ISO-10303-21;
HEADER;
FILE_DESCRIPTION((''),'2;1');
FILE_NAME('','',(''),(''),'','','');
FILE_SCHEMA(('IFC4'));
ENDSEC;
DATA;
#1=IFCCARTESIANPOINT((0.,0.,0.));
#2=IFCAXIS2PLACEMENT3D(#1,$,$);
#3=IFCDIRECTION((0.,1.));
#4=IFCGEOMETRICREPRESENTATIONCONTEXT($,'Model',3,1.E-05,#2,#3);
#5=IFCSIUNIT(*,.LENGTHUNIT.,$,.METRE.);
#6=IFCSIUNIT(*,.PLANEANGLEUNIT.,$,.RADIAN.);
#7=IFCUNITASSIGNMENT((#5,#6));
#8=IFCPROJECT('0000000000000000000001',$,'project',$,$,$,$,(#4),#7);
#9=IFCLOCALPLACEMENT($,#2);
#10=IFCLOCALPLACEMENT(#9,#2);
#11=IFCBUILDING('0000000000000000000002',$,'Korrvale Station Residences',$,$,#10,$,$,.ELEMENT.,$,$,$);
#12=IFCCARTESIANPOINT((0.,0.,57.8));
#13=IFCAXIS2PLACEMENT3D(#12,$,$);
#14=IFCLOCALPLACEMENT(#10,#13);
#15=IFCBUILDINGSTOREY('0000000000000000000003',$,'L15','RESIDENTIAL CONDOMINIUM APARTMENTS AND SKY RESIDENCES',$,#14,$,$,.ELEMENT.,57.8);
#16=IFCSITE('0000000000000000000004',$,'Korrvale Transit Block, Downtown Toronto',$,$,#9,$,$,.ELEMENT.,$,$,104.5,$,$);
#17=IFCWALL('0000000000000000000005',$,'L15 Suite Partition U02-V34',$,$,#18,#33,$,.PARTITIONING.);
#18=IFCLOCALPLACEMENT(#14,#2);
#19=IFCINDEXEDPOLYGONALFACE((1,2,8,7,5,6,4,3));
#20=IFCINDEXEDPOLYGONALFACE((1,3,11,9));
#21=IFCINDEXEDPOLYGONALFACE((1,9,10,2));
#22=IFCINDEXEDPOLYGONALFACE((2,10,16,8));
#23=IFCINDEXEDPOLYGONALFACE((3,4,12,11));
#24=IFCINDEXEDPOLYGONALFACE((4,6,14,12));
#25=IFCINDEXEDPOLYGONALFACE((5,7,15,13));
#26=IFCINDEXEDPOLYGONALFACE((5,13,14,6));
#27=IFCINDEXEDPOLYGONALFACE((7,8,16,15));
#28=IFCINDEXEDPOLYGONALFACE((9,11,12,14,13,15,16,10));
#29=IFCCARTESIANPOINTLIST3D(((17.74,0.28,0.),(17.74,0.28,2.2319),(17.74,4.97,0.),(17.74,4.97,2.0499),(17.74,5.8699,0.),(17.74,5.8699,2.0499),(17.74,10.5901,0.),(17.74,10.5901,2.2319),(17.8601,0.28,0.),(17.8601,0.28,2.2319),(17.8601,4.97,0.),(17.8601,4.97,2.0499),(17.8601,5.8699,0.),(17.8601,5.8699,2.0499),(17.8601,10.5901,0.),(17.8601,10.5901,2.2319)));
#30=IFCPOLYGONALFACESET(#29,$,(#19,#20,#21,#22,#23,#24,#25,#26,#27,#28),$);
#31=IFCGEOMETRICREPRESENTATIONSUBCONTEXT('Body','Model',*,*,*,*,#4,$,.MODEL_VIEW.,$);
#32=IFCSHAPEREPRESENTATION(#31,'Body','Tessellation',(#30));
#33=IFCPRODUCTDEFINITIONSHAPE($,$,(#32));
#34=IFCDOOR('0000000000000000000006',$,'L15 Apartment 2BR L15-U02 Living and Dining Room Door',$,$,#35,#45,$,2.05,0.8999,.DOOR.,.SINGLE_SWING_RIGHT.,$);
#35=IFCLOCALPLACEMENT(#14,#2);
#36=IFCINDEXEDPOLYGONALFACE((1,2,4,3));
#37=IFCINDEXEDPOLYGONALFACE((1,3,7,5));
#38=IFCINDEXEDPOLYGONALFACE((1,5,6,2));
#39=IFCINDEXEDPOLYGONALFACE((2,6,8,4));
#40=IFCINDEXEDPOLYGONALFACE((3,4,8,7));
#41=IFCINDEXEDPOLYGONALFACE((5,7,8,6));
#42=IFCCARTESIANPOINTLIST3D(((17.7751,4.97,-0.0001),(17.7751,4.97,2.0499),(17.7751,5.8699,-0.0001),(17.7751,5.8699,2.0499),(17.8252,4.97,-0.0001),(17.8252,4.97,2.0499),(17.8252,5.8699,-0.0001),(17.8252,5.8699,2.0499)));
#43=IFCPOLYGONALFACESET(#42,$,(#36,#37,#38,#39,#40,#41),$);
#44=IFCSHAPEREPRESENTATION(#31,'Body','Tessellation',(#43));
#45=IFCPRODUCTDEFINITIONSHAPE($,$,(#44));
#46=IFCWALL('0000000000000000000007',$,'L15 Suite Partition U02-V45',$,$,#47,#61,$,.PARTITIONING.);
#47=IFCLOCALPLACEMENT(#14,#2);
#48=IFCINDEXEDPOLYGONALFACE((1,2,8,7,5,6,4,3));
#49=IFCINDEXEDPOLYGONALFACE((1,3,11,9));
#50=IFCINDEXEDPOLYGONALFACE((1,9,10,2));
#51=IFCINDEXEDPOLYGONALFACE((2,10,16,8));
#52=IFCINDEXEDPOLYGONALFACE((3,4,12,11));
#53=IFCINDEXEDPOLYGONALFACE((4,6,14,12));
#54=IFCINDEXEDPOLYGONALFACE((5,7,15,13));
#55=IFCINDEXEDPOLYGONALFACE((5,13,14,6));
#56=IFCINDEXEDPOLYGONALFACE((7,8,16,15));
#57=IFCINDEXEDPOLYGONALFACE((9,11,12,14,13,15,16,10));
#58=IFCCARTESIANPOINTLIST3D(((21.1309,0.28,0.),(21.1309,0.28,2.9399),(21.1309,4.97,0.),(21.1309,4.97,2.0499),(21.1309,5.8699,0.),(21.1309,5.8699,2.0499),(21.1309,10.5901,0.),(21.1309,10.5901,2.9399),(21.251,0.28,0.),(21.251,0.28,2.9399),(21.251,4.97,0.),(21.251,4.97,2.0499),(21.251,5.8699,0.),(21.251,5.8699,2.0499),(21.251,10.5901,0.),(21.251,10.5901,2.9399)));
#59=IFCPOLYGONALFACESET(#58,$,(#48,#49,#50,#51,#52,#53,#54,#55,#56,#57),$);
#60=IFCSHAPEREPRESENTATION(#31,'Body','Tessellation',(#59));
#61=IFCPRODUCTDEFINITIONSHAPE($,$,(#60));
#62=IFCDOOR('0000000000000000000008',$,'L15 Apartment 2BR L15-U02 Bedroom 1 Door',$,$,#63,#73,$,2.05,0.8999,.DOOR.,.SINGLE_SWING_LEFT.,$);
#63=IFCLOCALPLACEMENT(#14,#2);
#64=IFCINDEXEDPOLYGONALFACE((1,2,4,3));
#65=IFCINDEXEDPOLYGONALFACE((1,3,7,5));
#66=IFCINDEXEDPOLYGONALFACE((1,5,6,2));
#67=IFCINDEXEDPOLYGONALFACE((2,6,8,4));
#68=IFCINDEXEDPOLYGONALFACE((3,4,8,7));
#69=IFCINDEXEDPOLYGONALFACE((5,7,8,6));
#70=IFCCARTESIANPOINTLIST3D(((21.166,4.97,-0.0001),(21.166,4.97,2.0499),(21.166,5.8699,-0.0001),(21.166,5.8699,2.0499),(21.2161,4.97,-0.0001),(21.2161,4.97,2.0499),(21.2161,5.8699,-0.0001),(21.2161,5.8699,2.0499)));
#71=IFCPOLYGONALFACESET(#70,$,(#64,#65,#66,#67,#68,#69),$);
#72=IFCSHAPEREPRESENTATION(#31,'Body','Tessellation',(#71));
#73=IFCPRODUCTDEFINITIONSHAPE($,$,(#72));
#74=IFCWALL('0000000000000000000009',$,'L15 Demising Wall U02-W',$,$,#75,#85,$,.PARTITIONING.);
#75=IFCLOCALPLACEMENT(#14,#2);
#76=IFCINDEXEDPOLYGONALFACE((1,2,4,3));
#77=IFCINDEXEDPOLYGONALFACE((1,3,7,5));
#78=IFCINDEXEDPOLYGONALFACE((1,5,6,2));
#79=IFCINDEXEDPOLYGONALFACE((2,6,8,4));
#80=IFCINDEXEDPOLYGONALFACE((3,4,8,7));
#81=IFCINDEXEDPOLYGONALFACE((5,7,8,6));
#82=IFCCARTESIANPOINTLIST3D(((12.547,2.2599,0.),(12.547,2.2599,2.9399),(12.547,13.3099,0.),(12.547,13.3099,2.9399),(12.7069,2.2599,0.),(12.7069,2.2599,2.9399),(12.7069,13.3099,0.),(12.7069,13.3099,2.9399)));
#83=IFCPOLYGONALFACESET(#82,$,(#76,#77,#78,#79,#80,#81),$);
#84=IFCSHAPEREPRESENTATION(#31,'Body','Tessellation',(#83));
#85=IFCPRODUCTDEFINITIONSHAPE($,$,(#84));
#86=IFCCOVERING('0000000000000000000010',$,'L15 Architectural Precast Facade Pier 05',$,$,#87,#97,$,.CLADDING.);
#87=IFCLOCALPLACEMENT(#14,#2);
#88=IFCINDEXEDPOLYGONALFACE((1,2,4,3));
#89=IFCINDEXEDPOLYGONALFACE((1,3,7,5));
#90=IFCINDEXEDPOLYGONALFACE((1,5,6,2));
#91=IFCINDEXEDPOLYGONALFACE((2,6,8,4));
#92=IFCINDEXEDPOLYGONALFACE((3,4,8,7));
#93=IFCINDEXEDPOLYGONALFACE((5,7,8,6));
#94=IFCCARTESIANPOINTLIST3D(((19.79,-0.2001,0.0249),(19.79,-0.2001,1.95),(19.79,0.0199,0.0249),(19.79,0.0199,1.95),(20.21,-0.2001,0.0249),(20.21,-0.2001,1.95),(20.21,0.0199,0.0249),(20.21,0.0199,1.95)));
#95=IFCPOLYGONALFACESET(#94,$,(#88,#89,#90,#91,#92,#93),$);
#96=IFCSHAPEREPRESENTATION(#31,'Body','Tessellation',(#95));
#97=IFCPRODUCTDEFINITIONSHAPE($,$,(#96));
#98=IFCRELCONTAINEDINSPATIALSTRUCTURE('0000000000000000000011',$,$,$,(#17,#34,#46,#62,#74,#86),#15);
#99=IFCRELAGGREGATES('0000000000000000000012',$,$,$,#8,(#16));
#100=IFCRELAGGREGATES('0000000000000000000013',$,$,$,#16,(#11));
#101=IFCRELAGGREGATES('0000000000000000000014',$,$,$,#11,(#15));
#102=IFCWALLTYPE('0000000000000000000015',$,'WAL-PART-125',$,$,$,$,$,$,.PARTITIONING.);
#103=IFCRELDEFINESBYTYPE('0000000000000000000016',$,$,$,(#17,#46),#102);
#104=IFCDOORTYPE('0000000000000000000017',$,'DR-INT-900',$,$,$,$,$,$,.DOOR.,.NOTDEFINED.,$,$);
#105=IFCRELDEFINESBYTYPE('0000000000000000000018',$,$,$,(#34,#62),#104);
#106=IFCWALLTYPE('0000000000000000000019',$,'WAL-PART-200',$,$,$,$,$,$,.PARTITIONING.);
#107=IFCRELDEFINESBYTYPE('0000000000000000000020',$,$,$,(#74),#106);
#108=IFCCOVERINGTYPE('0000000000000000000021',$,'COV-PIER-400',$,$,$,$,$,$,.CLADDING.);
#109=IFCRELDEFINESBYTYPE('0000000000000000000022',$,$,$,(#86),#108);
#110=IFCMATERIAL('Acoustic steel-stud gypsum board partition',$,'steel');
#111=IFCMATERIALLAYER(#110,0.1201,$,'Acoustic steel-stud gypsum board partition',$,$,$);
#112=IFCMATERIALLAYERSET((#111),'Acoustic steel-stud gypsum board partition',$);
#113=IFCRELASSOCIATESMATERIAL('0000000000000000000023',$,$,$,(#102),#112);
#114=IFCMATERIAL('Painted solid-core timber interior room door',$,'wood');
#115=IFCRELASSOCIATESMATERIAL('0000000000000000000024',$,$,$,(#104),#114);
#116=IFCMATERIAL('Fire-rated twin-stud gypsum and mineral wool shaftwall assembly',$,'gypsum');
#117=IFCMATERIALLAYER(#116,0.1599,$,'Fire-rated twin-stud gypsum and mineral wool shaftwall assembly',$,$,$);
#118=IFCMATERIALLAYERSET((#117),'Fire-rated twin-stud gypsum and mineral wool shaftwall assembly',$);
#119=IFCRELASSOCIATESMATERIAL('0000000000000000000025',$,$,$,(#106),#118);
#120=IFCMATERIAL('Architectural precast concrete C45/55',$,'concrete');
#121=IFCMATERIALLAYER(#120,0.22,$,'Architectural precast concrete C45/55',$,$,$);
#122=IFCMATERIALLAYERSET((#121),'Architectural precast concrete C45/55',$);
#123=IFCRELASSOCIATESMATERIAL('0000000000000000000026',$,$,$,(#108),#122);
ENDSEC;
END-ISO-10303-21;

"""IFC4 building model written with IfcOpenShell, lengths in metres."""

from ifc_helpers import new_model, si_unit, direction, frame, frame_2d, origin, origin_2d, place, context, subcontext, project, spatial, rectangle, extrude, material, layer, layer_set, type_object, element, fill, save


model = new_model("IFC4")

# Units and contexts
model_context = context("Model", 3, precision=1e-05, world=origin(), true_north=direction((0.0, 1.0)))
body_context = subcontext(model_context, "Body", "Model", "MODEL_VIEW")
ifc_project = project(units=[si_unit("LENGTHUNIT", "METRE"), si_unit("PLANEANGLEUNIT", "RADIAN")], contexts=[model_context])

# Site, building, storey
site_placement = place(None, origin())
site = spatial("IfcSite", under=ifc_project, at=site_placement, Name="Korrvale Transit Block, Downtown Toronto", CompositionType="ELEMENT", RefElevation=104.5)
building_placement = place(site_placement, origin())
building = spatial("IfcBuilding", under=site, at=building_placement, Name="Korrvale Station Residences", CompositionType="ELEMENT")
storey_placement = place(building_placement, frame((0.0, 0.0, 57.8)))
storey = spatial("IfcBuildingStorey", under=building, at=storey_placement, Name="L15", Description="RESIDENTIAL CONDOMINIUM APARTMENTS AND SKY RESIDENCES", CompositionType="ELEMENT", Elevation=57.8)

# Walls, openings, doors
ifc_material_1 = material(Name="Acoustic steel-stud gypsum board partition", Category="steel")
ifc_layer_1 = layer(ifc_material_1, 0.1201, Name="Acoustic steel-stud gypsum board partition")
ifc_layer_set_1 = layer_set([ifc_layer_1], Name="Acoustic steel-stud gypsum board partition")
wall_type_1 = type_object("IfcWallType", Name="WAL-PART-125", PredefinedType="PARTITIONING", material=ifc_layer_set_1)
wall_1_placement = place(storey_placement, frame((17.8, 0.28, 0.0), z_axis=(0.0, 0.0, 1.0), x_axis=(0.0, 1.0, 0.0)))
wall_1 = element("IfcWall", 1, at=wall_1_placement, inside=storey, type_object=wall_type_1, Name="L15 Suite Partition U02-V34", PredefinedType="PARTITIONING", context=body_context, shape_type="SweptSolid", body=[
    extrude(rectangle(XDim=10.3101, YDim=0.1201, at=frame_2d((5.155, 0.0))), origin(), (0.0, 0.0, 1.0), 2.2319),
])
opening_1_placement = place(wall_1_placement, frame((4.6899, 0.0, 0.0)))
opening_1 = element("IfcOpeningElement", 2, at=opening_1_placement, cuts=wall_1, PredefinedType="OPENING", context=body_context, shape_type="SweptSolid", body=[
    extrude(rectangle(XDim=0.8999, YDim=2.05, at=frame_2d((0.45, 1.0249))), frame((0.0, 0.0701, 0.0), z_axis=(0.0, -1.0, 0.0), x_axis=(1.0, 0.0, 0.0)), (0.0, 0.0, 1.0), 0.1401),
])
ifc_material_2 = material(Name="Painted solid-core timber interior room door", Category="wood")
door_type_1 = type_object("IfcDoorType", Name="DR-INT-900", OperationType="NOTDEFINED", PredefinedType="DOOR", material=ifc_material_2)
door_1_placement = place(opening_1_placement, origin())
door_1 = element("IfcDoor", 3, at=door_1_placement, inside=storey, type_object=door_type_1, Name="L15 Apartment 2BR L15-U02 Living and Dining Room Door", OperationType="SINGLE_SWING_RIGHT", OverallHeight=2.05, OverallWidth=0.8999, PredefinedType="DOOR", context=body_context, shape_type="SweptSolid", body=[
    extrude(rectangle(XDim=0.8999, YDim=2.05, at=frame_2d((0.45, 1.0249))), frame((0.0, 0.0249, 0.0), z_axis=(0.0, -1.0, 0.0), x_axis=(1.0, 0.0, 0.0)), (0.0, 0.0, 1.0), 0.05),
])
fill(opening_1, door_1)
wall_2_placement = place(storey_placement, frame((21.1909, 0.28, 0.0), z_axis=(0.0, 0.0, 1.0), x_axis=(0.0, 1.0, 0.0)))
wall_2 = element("IfcWall", 4, at=wall_2_placement, inside=storey, type_object=wall_type_1, Name="L15 Suite Partition U02-V45", PredefinedType="PARTITIONING", context=body_context, shape_type="SweptSolid", body=[
    extrude(rectangle(XDim=10.3101, YDim=0.1201, at=frame_2d((5.155, 0.0))), origin(), (0.0, 0.0, 1.0), 2.9399),
])
opening_2_placement = place(wall_2_placement, frame((4.6899, 0.0, 0.0)))
opening_2 = element("IfcOpeningElement", 5, at=opening_2_placement, cuts=wall_2, PredefinedType="OPENING", context=body_context, shape_type="SweptSolid", body=[
    extrude(rectangle(XDim=0.8999, YDim=2.05, at=frame_2d((0.45, 1.0249))), frame((0.0, 0.0701, 0.0), z_axis=(0.0, -1.0, 0.0), x_axis=(1.0, 0.0, 0.0)), (0.0, 0.0, 1.0), 0.1401),
])
door_2_placement = place(opening_2_placement, origin())
door_2 = element("IfcDoor", 6, at=door_2_placement, inside=storey, type_object=door_type_1, Name="L15 Apartment 2BR L15-U02 Bedroom 1 Door", OperationType="SINGLE_SWING_LEFT", OverallHeight=2.05, OverallWidth=0.8999, PredefinedType="DOOR", context=body_context, shape_type="SweptSolid", body=[
    extrude(rectangle(XDim=0.8999, YDim=2.05, at=frame_2d((0.45, 1.0249))), frame((0.0, 0.0249, 0.0), z_axis=(0.0, -1.0, 0.0), x_axis=(1.0, 0.0, 0.0)), (0.0, 0.0, 1.0), 0.05),
])
fill(opening_2, door_2)

# Wall
ifc_material_3 = material(Name="Fire-rated twin-stud gypsum and mineral wool shaftwall assembly", Category="gypsum")
ifc_layer_2 = layer(ifc_material_3, 0.1599, Name="Fire-rated twin-stud gypsum and mineral wool shaftwall assembly")
ifc_layer_set_2 = layer_set([ifc_layer_2], Name="Fire-rated twin-stud gypsum and mineral wool shaftwall assembly")
wall_type_2 = type_object("IfcWallType", Name="WAL-PART-200", PredefinedType="PARTITIONING", material=ifc_layer_set_2)
wall_3_placement = place(storey_placement, frame((12.627, 2.26, 0.0), z_axis=(0.0, 0.0, 1.0), x_axis=(0.0, 1.0, 0.0)))
element("IfcWall", 7, at=wall_3_placement, inside=storey, type_object=wall_type_2, Name="L15 Demising Wall U02-W", PredefinedType="PARTITIONING", context=body_context, shape_type="SweptSolid", body=[
    extrude(rectangle(XDim=11.05, YDim=0.1599, at=frame_2d((5.5249, 0.0))), origin(), (0.0, 0.0, 1.0), 2.9399),
])

# Covering
ifc_material_4 = material(Name="Architectural precast concrete C45/55", Category="concrete")
ifc_layer_3 = layer(ifc_material_4, 0.22, Name="Architectural precast concrete C45/55")
ifc_layer_set_3 = layer_set([ifc_layer_3], Name="Architectural precast concrete C45/55")
covering_type = type_object("IfcCoveringType", Name="COV-PIER-400", PredefinedType="CLADDING", material=ifc_layer_set_3)
covering_placement = place(storey_placement, frame((20.0, -0.0901, 0.0249), z_axis=(0.0, 0.0, 1.0), x_axis=(1.0, 0.0, 0.0)))
element("IfcCovering", 8, at=covering_placement, inside=storey, type_object=covering_type, Name="L15 Architectural Precast Facade Pier 05", PredefinedType="CLADDING", context=body_context, shape_type="SweptSolid", body=[
    extrude(rectangle(XDim=0.4199, YDim=0.22, at=origin_2d()), origin(), (0.0, 0.0, 1.0), 1.925),
])

save(model, "model.ifc")
